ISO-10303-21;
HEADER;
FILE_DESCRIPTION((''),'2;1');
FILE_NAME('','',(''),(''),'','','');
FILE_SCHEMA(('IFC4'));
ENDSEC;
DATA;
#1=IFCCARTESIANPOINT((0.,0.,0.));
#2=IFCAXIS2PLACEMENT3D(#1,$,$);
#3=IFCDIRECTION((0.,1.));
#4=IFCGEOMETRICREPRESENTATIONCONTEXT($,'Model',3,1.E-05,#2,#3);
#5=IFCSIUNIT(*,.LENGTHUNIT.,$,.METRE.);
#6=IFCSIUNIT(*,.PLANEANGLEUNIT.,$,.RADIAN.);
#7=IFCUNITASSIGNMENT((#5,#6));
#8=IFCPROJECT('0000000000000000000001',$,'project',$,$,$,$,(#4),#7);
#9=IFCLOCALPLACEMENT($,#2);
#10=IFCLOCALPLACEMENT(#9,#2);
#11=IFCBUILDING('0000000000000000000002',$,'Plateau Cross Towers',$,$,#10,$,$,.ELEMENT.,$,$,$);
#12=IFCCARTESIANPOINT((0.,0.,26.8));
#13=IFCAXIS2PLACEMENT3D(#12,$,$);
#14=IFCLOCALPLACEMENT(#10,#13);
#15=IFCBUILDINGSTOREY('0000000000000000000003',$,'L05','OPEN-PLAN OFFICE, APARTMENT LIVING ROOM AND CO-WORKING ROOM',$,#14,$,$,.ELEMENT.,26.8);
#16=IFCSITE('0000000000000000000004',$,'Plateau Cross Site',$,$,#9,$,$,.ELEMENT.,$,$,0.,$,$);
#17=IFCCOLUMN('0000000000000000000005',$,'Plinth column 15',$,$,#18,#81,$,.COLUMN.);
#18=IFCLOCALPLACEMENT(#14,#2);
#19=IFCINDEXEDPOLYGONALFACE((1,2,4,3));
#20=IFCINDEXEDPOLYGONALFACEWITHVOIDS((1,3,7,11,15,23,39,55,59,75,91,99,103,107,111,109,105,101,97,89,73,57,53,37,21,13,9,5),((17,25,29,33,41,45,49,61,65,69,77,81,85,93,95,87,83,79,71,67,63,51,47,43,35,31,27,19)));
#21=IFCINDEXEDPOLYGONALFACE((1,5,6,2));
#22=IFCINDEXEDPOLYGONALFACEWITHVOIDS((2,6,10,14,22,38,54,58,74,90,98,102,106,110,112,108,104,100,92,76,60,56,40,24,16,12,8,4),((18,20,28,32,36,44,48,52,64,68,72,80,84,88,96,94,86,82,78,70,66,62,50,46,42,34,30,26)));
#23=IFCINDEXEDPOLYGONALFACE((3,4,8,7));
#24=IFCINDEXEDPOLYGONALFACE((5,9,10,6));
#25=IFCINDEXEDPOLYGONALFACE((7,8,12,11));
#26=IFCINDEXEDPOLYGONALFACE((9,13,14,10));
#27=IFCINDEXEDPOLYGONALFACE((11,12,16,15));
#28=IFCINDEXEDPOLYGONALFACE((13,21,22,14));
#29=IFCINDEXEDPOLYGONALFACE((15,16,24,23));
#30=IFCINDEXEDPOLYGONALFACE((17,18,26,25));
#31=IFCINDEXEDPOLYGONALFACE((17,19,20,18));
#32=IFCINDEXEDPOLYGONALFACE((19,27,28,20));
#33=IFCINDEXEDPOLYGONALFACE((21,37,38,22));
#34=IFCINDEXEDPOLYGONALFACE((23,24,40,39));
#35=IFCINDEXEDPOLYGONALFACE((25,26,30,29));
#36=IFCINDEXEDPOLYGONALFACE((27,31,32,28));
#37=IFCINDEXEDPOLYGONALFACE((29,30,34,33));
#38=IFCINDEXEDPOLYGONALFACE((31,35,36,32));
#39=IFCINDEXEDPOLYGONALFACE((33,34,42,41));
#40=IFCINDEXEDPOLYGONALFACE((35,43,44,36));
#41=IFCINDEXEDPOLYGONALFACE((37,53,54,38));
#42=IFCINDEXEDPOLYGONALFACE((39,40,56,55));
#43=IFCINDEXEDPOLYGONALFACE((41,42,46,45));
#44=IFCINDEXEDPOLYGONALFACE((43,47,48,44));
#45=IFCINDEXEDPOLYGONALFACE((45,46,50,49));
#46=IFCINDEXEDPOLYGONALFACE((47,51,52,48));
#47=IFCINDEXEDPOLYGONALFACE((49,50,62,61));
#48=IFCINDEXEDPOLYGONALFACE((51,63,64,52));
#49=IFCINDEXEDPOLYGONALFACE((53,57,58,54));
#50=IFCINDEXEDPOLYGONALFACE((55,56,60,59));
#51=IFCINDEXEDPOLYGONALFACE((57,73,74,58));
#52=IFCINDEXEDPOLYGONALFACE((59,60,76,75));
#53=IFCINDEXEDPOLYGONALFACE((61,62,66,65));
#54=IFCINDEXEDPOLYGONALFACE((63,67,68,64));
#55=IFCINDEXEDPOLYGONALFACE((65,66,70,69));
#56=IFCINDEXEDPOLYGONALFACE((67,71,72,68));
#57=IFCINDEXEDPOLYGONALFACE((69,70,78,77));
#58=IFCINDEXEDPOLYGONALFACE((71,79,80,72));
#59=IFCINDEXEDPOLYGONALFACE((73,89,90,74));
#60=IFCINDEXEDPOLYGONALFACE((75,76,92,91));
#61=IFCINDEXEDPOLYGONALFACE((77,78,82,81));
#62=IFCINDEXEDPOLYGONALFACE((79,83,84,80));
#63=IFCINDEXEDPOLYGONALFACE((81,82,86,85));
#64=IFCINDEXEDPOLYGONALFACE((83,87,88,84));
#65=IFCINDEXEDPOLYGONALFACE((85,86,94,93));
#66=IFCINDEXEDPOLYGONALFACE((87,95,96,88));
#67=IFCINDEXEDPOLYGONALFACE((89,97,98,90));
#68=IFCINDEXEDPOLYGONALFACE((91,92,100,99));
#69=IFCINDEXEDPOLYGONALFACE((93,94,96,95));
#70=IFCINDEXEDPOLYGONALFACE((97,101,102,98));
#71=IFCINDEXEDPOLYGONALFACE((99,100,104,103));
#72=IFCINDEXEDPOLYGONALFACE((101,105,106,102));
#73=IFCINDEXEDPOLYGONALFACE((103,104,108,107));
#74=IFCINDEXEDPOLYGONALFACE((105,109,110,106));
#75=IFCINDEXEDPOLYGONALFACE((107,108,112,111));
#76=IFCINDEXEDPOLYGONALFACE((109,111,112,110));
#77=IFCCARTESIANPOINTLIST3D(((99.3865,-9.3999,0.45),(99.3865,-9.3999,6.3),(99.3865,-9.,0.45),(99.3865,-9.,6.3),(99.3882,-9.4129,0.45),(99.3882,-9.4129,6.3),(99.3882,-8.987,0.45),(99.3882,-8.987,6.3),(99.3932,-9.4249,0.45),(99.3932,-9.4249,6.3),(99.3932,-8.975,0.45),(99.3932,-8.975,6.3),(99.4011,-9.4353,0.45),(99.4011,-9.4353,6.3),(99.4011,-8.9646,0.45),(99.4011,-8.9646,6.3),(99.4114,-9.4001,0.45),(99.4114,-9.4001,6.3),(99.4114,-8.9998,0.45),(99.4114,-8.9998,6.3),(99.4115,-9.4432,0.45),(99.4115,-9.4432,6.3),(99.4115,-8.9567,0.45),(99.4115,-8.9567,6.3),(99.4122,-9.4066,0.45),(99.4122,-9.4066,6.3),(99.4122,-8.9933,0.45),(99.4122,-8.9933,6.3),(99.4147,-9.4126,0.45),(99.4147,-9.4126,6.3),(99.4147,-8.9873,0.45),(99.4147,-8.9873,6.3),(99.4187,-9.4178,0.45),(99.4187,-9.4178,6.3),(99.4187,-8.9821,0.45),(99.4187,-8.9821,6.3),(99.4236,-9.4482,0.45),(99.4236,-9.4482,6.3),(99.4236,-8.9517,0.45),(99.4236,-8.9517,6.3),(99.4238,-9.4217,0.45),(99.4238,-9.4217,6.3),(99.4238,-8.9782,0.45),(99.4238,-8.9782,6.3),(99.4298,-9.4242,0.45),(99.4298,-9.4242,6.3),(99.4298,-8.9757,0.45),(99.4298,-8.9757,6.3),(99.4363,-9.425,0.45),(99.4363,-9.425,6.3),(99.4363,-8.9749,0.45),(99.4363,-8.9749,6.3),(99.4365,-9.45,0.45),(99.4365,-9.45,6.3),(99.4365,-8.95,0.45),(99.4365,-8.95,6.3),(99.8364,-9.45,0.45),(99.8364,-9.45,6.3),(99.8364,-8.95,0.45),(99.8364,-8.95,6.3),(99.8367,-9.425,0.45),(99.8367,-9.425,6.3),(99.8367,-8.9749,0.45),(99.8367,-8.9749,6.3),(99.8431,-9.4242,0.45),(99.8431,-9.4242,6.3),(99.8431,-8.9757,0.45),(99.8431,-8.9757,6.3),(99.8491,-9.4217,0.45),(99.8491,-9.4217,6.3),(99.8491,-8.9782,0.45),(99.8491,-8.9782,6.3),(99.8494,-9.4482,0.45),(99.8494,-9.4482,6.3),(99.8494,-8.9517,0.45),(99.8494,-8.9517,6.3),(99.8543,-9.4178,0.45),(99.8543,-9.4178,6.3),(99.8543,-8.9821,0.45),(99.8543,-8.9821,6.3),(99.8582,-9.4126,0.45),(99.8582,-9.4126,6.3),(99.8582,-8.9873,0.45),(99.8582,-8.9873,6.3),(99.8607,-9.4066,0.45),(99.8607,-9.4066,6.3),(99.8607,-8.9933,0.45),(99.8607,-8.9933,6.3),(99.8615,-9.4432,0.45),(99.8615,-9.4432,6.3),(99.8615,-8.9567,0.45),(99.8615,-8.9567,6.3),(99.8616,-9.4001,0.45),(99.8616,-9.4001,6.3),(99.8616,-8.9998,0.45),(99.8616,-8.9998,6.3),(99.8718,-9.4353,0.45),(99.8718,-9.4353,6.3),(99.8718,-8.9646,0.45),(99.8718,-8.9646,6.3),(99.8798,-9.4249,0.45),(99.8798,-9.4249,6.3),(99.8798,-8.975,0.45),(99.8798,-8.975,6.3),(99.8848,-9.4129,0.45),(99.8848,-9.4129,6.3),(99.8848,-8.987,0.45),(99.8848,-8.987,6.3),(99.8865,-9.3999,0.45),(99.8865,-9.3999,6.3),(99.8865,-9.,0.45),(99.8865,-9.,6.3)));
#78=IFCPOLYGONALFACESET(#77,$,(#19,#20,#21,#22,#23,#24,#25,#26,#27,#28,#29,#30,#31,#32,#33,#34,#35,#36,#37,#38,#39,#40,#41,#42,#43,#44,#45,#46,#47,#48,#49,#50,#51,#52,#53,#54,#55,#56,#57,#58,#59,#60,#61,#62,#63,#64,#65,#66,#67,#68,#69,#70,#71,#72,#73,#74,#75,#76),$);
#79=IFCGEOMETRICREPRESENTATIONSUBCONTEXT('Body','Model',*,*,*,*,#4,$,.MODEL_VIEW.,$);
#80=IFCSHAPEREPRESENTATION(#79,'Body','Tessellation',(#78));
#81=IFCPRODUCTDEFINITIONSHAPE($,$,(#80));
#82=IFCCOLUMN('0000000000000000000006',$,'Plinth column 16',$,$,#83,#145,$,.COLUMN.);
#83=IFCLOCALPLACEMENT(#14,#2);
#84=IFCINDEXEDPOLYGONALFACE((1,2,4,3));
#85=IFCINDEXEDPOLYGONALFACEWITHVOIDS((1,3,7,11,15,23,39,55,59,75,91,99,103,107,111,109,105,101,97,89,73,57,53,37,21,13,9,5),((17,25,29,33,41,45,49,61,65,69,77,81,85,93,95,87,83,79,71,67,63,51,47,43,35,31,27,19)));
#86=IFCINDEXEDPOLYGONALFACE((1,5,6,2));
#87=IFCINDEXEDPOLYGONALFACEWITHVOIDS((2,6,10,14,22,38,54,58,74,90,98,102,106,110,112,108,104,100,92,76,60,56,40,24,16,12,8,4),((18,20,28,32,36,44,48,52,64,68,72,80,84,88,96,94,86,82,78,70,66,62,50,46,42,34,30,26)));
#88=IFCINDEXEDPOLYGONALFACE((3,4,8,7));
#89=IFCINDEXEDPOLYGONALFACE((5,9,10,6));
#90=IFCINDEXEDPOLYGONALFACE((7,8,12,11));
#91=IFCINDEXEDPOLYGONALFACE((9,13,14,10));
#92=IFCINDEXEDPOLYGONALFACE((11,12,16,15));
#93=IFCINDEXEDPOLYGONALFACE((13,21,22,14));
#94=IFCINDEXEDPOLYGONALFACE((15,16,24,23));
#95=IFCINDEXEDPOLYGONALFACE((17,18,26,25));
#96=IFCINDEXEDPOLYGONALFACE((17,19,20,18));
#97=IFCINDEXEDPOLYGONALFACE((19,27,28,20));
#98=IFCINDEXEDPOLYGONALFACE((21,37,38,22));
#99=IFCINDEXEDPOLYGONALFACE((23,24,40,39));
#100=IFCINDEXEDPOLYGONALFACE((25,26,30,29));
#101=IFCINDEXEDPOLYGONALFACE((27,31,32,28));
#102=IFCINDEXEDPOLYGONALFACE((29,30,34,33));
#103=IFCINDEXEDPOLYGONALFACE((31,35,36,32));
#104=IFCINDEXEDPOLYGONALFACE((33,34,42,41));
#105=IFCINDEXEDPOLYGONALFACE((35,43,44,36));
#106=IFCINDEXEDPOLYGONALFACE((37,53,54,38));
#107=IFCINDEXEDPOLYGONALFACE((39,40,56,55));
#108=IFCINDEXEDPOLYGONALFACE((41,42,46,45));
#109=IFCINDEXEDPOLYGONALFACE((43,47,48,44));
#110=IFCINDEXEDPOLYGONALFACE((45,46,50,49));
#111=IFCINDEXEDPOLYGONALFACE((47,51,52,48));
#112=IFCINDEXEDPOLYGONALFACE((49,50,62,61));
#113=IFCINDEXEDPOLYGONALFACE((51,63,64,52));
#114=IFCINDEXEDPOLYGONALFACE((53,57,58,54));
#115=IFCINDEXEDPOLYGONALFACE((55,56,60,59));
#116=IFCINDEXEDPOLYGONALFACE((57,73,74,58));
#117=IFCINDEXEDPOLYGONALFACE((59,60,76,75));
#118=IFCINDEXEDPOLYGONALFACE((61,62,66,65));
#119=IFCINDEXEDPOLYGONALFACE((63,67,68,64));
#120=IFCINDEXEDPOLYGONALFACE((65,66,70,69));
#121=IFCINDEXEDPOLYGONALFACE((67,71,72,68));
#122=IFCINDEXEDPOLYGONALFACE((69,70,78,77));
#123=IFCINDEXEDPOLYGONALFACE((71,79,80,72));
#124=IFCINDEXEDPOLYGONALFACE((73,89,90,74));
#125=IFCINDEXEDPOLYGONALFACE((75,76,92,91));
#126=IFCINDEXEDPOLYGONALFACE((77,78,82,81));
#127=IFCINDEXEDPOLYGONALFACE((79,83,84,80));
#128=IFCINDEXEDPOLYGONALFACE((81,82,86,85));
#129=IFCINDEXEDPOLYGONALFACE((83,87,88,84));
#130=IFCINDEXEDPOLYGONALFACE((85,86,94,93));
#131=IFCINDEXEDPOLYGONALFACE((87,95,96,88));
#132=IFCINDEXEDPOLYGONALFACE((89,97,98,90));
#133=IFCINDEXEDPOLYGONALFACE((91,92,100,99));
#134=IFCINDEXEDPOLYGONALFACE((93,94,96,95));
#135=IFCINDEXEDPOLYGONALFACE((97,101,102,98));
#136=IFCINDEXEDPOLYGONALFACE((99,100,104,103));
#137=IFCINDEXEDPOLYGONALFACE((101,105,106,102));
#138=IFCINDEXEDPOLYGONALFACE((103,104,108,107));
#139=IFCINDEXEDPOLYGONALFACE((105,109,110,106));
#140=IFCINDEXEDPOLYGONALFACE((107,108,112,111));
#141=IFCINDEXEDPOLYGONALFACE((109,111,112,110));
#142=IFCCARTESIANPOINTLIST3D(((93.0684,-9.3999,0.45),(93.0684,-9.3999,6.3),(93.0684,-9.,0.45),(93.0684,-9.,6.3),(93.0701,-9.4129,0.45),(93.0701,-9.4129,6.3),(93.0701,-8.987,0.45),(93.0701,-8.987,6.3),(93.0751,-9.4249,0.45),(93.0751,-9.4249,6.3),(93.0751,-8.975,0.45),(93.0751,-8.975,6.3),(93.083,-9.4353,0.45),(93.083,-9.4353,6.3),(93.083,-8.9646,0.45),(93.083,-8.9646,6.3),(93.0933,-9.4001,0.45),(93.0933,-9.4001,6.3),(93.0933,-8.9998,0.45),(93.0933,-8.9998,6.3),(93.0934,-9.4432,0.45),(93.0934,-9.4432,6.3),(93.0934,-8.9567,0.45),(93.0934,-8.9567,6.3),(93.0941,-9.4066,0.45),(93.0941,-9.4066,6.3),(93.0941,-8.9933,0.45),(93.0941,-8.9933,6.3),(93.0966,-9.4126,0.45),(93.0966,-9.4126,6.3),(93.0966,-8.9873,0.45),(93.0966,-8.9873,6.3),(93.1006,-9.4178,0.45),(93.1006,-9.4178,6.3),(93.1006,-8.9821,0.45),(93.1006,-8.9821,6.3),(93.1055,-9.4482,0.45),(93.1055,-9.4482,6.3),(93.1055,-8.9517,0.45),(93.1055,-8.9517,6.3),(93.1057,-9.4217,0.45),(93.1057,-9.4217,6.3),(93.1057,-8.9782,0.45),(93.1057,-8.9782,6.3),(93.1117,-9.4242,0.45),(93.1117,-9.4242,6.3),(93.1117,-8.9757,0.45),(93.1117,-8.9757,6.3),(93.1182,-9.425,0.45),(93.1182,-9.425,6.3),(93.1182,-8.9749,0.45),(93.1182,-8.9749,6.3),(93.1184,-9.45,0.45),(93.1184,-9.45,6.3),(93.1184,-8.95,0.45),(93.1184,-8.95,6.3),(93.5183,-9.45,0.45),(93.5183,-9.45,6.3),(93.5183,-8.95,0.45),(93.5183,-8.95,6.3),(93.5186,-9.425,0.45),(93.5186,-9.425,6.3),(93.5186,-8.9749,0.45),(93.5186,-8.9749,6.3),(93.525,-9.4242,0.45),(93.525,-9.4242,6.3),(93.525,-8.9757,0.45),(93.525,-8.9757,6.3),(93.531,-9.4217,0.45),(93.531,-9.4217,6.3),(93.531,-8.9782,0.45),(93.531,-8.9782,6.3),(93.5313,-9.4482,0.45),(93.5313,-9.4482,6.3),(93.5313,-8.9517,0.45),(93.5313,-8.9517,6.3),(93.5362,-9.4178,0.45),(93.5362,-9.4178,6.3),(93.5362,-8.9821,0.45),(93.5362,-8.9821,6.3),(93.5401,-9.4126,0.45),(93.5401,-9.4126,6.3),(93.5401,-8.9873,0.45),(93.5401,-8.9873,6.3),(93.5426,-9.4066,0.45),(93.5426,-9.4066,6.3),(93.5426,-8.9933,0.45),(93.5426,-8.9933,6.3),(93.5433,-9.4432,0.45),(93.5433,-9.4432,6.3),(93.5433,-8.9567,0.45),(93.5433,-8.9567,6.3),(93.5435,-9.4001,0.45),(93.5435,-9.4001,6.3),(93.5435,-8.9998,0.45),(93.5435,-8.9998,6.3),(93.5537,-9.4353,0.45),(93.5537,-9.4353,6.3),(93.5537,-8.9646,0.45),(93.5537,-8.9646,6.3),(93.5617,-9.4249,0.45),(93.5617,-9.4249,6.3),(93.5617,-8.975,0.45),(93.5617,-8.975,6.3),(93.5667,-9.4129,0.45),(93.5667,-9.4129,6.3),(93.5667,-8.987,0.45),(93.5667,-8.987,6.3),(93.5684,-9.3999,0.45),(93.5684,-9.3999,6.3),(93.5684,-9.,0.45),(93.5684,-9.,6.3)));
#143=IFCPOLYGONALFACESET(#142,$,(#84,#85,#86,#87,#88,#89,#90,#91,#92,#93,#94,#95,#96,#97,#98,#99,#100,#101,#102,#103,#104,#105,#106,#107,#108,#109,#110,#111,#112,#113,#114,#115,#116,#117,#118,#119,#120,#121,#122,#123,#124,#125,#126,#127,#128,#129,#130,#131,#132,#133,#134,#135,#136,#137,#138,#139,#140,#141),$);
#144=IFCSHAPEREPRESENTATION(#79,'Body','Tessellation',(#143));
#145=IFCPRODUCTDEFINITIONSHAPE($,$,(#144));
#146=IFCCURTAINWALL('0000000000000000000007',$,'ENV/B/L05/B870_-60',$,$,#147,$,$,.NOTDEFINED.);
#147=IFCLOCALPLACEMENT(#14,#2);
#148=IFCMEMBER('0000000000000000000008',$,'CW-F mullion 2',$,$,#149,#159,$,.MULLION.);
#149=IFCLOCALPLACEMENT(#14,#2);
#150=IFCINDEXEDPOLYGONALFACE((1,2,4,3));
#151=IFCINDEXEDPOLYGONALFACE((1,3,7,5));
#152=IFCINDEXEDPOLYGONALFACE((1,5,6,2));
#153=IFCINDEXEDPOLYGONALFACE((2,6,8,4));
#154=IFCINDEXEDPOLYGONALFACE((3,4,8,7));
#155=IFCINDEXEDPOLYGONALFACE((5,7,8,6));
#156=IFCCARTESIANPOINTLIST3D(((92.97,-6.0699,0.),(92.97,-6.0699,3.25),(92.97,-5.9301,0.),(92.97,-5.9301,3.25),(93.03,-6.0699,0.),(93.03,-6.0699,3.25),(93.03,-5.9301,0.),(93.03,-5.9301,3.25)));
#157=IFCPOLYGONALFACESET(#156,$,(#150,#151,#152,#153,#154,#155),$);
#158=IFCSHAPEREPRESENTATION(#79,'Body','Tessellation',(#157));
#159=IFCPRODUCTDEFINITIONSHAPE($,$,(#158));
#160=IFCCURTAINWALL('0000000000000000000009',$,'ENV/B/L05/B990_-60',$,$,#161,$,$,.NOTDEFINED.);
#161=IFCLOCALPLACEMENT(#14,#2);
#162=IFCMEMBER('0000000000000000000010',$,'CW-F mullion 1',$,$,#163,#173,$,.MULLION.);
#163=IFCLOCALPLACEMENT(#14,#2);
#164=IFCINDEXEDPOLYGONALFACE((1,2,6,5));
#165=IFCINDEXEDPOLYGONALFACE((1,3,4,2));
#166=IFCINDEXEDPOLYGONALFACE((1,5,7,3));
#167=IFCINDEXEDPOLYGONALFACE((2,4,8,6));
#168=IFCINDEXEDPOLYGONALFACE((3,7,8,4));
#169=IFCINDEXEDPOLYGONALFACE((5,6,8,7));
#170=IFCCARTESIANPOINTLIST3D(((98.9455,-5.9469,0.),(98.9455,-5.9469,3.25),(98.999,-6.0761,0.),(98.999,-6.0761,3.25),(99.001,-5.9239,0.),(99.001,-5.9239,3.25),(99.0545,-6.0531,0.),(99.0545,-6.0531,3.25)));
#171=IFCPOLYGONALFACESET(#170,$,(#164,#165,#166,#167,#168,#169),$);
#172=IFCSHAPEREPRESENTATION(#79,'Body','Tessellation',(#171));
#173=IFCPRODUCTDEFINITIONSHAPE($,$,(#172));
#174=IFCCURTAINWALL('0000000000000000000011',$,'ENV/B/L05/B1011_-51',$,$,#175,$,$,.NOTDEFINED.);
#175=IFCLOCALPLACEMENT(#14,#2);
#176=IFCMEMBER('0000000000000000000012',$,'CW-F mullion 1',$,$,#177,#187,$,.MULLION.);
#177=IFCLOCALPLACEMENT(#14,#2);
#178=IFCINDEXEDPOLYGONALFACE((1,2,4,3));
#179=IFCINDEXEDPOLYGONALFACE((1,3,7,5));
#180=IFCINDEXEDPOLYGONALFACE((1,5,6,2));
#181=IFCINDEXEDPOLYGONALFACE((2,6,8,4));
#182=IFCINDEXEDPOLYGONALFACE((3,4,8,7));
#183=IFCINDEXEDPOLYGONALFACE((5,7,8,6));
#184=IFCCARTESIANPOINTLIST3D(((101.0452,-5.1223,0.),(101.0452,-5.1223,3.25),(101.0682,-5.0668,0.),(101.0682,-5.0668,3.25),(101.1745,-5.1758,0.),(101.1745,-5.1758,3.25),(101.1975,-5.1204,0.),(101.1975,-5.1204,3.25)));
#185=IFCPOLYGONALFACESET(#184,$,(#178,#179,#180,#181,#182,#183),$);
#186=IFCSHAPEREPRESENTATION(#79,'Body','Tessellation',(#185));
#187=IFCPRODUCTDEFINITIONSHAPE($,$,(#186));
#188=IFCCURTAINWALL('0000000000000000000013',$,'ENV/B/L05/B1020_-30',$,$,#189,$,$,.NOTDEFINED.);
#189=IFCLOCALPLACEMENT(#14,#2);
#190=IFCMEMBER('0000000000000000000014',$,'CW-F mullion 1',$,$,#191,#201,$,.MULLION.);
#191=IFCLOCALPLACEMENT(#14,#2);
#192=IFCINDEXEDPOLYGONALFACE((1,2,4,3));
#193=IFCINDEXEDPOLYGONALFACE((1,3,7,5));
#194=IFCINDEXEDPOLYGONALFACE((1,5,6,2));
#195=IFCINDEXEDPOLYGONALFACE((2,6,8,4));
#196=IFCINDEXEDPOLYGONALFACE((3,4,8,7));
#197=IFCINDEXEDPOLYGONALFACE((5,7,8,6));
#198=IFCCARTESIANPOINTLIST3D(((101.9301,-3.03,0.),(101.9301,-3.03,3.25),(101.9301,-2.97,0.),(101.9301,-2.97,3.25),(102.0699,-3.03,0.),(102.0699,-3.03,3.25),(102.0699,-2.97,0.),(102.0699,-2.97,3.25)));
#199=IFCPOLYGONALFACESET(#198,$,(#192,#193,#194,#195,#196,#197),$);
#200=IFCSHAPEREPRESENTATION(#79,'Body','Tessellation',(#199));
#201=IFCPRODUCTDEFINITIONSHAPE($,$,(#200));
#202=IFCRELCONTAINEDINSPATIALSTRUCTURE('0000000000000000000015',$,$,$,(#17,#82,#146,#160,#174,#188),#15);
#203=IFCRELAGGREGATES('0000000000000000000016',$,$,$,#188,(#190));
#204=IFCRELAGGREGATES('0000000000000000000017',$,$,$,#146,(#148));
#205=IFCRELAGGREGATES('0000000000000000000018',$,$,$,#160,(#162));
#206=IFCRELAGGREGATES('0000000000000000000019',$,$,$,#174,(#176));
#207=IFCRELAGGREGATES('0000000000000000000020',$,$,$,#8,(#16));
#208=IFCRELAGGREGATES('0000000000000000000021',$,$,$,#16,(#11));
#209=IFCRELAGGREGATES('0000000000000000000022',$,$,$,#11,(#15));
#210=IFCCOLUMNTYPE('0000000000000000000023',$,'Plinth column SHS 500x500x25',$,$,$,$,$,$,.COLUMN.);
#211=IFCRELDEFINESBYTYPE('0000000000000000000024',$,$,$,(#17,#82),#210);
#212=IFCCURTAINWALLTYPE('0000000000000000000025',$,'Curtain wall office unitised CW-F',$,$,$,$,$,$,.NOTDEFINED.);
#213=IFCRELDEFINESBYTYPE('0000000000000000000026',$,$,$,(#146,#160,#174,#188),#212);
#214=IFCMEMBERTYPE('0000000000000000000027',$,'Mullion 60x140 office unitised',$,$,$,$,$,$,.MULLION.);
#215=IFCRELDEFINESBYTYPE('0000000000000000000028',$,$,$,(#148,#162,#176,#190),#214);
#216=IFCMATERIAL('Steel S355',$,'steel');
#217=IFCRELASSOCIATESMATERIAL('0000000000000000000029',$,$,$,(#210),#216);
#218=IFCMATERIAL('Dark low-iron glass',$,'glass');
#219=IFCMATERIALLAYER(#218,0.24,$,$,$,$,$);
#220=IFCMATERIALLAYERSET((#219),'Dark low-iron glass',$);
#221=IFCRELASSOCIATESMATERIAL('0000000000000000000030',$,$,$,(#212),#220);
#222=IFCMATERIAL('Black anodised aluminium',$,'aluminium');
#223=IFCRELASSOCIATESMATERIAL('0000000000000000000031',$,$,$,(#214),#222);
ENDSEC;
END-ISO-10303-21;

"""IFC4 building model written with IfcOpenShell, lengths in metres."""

from ifc_helpers import new_model, si_unit, direction, frame, origin, origin_2d, place, context, subcontext, project, spatial, rectangle, hollow_rectangle, extrude, material, layer, layer_set, material_profile, profile_set, type_object, element, aggregate, save


model = new_model("IFC4")

# Units and contexts
model_context = context("Model", 3, precision=1e-05, world=origin(), true_north=direction((0.0, 1.0)))
body_context = subcontext(model_context, "Body", "Model", "MODEL_VIEW")
ifc_project = project(units=[si_unit("LENGTHUNIT", "METRE"), si_unit("PLANEANGLEUNIT", "RADIAN")], contexts=[model_context])

# Site, building, storey
site_placement = place(None, origin())
site = spatial("IfcSite", under=ifc_project, at=site_placement, Name="Plateau Cross Site", CompositionType="ELEMENT", RefElevation=0.0)
building_placement = place(site_placement, origin())
building = spatial("IfcBuilding", under=site, at=building_placement, Name="Plateau Cross Towers", CompositionType="ELEMENT")
storey_placement = place(building_placement, frame((0.0, 0.0, 26.8)))
storey = spatial("IfcBuildingStorey", under=building, at=storey_placement, Name="L05", Description="OPEN-PLAN OFFICE, APARTMENT LIVING ROOM AND CO-WORKING ROOM", CompositionType="ELEMENT", Elevation=26.8)

# Columns
ifc_material_1 = material(Name="Steel S355", Category="steel")
ifc_material_profile_1 = material_profile(ifc_material_1, hollow_rectangle(XDim=0.5, YDim=0.5, WallThickness=0.0249, InnerFilletRadius=0.0249, OuterFilletRadius=0.05, at=origin_2d()), Name="SHS 500x500x25")
ifc_profile_set_1 = profile_set([ifc_material_profile_1], Name="Steel S355")
column_type_1 = type_object("IfcColumnType", Name="Plinth column SHS 500x500x25", PredefinedType="COLUMN", material=ifc_profile_set_1)
for number, where, z_axis, x_axis, name in (
    (1, (99.6365, -9.2, 0.45), (0.0, 0.0, 1.0), (1.0, 0.0, 0.0), "Plinth column 15"),
    (2, (93.3184, -9.2, 0.45), (0.0, 0.0, 1.0), (1.0, 0.0, 0.0), "Plinth column 16"),
):
    element("IfcColumn", number, at=place(storey_placement, frame(where, z_axis=z_axis, x_axis=x_axis)), inside=storey, type_object=column_type_1, Name=name, PredefinedType="COLUMN", context=body_context, shape_type="SweptSolid", body=[
        extrude(hollow_rectangle(XDim=0.5, YDim=0.5, WallThickness=0.0249, InnerFilletRadius=0.0249, OuterFilletRadius=0.05, at=origin_2d()), origin(), (0.0, 0.0, 1.0), 5.8501),
    ])

# Curtain walls, members
ifc_material_2 = material(Name="Dark low-iron glass", Category="glass")
ifc_layer_1 = layer(ifc_material_2, 0.24)
ifc_layer_set_1 = layer_set([ifc_layer_1], Name="Dark low-iron glass")
curtain_wall_type = type_object("IfcCurtainWallType", Name="Curtain wall office unitised CW-F", PredefinedType="NOTDEFINED", material=ifc_layer_set_1)
curtain_wall_1_placement = place(storey_placement, origin())
curtain_wall_1 = element("IfcCurtainWall", 3, at=curtain_wall_1_placement, inside=storey, type_object=curtain_wall_type, Name="ENV/B/L05/B870_-60", PredefinedType="NOTDEFINED")
ifc_material_3 = material(Name="Black anodised aluminium", Category="aluminium")
ifc_material_profile_2 = material_profile(ifc_material_3, rectangle(XDim=0.0601, YDim=0.1399, at=origin_2d()), Name="MULLION 60x140")
ifc_profile_set_2 = profile_set([ifc_material_profile_2], Name="Black anodised aluminium")
member_type_1 = type_object("IfcMemberType", Name="Mullion 60x140 office unitised", PredefinedType="MULLION", material=ifc_profile_set_2)
member_1_placement = place(storey_placement, frame((93.0, -6.0, 0.0), z_axis=(0.0, 0.0, 1.0), x_axis=(1.0, 0.0, 0.0)))
member_1 = element("IfcMember", 4, at=member_1_placement, type_object=member_type_1, Name="CW-F mullion 2", PredefinedType="MULLION", context=body_context, shape_type="SweptSolid", body=[
    extrude(rectangle(XDim=0.0601, YDim=0.1399, at=origin_2d()), origin(), (0.0, 0.0, 1.0), 3.25),
])
curtain_wall_2_placement = place(storey_placement, origin())
curtain_wall_2 = element("IfcCurtainWall", 5, at=curtain_wall_2_placement, inside=storey, type_object=curtain_wall_type, Name="ENV/B/L05/B990_-60", PredefinedType="NOTDEFINED")
member_2_placement = place(storey_placement, frame((99.0, -6.0, 0.0), z_axis=(0.0, 0.0, 1.0), x_axis=(0.923879, 0.382684, 0.0)))
member_2 = element("IfcMember", 6, at=member_2_placement, type_object=member_type_1, Name="CW-F mullion 1", PredefinedType="MULLION", context=body_context, shape_type="SweptSolid", body=[
    extrude(rectangle(XDim=0.0601, YDim=0.1399, at=origin_2d()), origin(), (0.0, 0.0, 1.0), 3.25),
])
curtain_wall_3_placement = place(storey_placement, origin())
curtain_wall_3 = element("IfcCurtainWall", 7, at=curtain_wall_3_placement, inside=storey, type_object=curtain_wall_type, Name="ENV/B/L05/B1011_-51", PredefinedType="NOTDEFINED")
member_3_placement = place(storey_placement, frame((101.1213, -5.1213, 0.0), z_axis=(0.0, 0.0, 1.0), x_axis=(0.382684, 0.923879, 0.0)))
member_3 = element("IfcMember", 8, at=member_3_placement, type_object=member_type_1, Name="CW-F mullion 1", PredefinedType="MULLION", context=body_context, shape_type="SweptSolid", body=[
    extrude(rectangle(XDim=0.0601, YDim=0.1399, at=origin_2d()), origin(), (0.0, 0.0, 1.0), 3.25),
])
curtain_wall_4_placement = place(storey_placement, origin())
curtain_wall_4 = element("IfcCurtainWall", 9, at=curtain_wall_4_placement, inside=storey, type_object=curtain_wall_type, Name="ENV/B/L05/B1020_-30", PredefinedType="NOTDEFINED")
member_4_placement = place(storey_placement, frame((102.0, -3.0, 0.0), z_axis=(0.0, 0.0, 1.0), x_axis=(0.0, 1.0, 0.0)))
member_4 = element("IfcMember", 10, at=member_4_placement, type_object=member_type_1, Name="CW-F mullion 1", PredefinedType="MULLION", context=body_context, shape_type="SweptSolid", body=[
    extrude(rectangle(XDim=0.0601, YDim=0.1399, at=origin_2d()), origin(), (0.0, 0.0, 1.0), 3.25),
])

aggregate(curtain_wall_4, [member_4])

aggregate(curtain_wall_1, [member_1])
aggregate(curtain_wall_2, [member_2])
aggregate(curtain_wall_3, [member_3])

save(model, "model.ifc")
